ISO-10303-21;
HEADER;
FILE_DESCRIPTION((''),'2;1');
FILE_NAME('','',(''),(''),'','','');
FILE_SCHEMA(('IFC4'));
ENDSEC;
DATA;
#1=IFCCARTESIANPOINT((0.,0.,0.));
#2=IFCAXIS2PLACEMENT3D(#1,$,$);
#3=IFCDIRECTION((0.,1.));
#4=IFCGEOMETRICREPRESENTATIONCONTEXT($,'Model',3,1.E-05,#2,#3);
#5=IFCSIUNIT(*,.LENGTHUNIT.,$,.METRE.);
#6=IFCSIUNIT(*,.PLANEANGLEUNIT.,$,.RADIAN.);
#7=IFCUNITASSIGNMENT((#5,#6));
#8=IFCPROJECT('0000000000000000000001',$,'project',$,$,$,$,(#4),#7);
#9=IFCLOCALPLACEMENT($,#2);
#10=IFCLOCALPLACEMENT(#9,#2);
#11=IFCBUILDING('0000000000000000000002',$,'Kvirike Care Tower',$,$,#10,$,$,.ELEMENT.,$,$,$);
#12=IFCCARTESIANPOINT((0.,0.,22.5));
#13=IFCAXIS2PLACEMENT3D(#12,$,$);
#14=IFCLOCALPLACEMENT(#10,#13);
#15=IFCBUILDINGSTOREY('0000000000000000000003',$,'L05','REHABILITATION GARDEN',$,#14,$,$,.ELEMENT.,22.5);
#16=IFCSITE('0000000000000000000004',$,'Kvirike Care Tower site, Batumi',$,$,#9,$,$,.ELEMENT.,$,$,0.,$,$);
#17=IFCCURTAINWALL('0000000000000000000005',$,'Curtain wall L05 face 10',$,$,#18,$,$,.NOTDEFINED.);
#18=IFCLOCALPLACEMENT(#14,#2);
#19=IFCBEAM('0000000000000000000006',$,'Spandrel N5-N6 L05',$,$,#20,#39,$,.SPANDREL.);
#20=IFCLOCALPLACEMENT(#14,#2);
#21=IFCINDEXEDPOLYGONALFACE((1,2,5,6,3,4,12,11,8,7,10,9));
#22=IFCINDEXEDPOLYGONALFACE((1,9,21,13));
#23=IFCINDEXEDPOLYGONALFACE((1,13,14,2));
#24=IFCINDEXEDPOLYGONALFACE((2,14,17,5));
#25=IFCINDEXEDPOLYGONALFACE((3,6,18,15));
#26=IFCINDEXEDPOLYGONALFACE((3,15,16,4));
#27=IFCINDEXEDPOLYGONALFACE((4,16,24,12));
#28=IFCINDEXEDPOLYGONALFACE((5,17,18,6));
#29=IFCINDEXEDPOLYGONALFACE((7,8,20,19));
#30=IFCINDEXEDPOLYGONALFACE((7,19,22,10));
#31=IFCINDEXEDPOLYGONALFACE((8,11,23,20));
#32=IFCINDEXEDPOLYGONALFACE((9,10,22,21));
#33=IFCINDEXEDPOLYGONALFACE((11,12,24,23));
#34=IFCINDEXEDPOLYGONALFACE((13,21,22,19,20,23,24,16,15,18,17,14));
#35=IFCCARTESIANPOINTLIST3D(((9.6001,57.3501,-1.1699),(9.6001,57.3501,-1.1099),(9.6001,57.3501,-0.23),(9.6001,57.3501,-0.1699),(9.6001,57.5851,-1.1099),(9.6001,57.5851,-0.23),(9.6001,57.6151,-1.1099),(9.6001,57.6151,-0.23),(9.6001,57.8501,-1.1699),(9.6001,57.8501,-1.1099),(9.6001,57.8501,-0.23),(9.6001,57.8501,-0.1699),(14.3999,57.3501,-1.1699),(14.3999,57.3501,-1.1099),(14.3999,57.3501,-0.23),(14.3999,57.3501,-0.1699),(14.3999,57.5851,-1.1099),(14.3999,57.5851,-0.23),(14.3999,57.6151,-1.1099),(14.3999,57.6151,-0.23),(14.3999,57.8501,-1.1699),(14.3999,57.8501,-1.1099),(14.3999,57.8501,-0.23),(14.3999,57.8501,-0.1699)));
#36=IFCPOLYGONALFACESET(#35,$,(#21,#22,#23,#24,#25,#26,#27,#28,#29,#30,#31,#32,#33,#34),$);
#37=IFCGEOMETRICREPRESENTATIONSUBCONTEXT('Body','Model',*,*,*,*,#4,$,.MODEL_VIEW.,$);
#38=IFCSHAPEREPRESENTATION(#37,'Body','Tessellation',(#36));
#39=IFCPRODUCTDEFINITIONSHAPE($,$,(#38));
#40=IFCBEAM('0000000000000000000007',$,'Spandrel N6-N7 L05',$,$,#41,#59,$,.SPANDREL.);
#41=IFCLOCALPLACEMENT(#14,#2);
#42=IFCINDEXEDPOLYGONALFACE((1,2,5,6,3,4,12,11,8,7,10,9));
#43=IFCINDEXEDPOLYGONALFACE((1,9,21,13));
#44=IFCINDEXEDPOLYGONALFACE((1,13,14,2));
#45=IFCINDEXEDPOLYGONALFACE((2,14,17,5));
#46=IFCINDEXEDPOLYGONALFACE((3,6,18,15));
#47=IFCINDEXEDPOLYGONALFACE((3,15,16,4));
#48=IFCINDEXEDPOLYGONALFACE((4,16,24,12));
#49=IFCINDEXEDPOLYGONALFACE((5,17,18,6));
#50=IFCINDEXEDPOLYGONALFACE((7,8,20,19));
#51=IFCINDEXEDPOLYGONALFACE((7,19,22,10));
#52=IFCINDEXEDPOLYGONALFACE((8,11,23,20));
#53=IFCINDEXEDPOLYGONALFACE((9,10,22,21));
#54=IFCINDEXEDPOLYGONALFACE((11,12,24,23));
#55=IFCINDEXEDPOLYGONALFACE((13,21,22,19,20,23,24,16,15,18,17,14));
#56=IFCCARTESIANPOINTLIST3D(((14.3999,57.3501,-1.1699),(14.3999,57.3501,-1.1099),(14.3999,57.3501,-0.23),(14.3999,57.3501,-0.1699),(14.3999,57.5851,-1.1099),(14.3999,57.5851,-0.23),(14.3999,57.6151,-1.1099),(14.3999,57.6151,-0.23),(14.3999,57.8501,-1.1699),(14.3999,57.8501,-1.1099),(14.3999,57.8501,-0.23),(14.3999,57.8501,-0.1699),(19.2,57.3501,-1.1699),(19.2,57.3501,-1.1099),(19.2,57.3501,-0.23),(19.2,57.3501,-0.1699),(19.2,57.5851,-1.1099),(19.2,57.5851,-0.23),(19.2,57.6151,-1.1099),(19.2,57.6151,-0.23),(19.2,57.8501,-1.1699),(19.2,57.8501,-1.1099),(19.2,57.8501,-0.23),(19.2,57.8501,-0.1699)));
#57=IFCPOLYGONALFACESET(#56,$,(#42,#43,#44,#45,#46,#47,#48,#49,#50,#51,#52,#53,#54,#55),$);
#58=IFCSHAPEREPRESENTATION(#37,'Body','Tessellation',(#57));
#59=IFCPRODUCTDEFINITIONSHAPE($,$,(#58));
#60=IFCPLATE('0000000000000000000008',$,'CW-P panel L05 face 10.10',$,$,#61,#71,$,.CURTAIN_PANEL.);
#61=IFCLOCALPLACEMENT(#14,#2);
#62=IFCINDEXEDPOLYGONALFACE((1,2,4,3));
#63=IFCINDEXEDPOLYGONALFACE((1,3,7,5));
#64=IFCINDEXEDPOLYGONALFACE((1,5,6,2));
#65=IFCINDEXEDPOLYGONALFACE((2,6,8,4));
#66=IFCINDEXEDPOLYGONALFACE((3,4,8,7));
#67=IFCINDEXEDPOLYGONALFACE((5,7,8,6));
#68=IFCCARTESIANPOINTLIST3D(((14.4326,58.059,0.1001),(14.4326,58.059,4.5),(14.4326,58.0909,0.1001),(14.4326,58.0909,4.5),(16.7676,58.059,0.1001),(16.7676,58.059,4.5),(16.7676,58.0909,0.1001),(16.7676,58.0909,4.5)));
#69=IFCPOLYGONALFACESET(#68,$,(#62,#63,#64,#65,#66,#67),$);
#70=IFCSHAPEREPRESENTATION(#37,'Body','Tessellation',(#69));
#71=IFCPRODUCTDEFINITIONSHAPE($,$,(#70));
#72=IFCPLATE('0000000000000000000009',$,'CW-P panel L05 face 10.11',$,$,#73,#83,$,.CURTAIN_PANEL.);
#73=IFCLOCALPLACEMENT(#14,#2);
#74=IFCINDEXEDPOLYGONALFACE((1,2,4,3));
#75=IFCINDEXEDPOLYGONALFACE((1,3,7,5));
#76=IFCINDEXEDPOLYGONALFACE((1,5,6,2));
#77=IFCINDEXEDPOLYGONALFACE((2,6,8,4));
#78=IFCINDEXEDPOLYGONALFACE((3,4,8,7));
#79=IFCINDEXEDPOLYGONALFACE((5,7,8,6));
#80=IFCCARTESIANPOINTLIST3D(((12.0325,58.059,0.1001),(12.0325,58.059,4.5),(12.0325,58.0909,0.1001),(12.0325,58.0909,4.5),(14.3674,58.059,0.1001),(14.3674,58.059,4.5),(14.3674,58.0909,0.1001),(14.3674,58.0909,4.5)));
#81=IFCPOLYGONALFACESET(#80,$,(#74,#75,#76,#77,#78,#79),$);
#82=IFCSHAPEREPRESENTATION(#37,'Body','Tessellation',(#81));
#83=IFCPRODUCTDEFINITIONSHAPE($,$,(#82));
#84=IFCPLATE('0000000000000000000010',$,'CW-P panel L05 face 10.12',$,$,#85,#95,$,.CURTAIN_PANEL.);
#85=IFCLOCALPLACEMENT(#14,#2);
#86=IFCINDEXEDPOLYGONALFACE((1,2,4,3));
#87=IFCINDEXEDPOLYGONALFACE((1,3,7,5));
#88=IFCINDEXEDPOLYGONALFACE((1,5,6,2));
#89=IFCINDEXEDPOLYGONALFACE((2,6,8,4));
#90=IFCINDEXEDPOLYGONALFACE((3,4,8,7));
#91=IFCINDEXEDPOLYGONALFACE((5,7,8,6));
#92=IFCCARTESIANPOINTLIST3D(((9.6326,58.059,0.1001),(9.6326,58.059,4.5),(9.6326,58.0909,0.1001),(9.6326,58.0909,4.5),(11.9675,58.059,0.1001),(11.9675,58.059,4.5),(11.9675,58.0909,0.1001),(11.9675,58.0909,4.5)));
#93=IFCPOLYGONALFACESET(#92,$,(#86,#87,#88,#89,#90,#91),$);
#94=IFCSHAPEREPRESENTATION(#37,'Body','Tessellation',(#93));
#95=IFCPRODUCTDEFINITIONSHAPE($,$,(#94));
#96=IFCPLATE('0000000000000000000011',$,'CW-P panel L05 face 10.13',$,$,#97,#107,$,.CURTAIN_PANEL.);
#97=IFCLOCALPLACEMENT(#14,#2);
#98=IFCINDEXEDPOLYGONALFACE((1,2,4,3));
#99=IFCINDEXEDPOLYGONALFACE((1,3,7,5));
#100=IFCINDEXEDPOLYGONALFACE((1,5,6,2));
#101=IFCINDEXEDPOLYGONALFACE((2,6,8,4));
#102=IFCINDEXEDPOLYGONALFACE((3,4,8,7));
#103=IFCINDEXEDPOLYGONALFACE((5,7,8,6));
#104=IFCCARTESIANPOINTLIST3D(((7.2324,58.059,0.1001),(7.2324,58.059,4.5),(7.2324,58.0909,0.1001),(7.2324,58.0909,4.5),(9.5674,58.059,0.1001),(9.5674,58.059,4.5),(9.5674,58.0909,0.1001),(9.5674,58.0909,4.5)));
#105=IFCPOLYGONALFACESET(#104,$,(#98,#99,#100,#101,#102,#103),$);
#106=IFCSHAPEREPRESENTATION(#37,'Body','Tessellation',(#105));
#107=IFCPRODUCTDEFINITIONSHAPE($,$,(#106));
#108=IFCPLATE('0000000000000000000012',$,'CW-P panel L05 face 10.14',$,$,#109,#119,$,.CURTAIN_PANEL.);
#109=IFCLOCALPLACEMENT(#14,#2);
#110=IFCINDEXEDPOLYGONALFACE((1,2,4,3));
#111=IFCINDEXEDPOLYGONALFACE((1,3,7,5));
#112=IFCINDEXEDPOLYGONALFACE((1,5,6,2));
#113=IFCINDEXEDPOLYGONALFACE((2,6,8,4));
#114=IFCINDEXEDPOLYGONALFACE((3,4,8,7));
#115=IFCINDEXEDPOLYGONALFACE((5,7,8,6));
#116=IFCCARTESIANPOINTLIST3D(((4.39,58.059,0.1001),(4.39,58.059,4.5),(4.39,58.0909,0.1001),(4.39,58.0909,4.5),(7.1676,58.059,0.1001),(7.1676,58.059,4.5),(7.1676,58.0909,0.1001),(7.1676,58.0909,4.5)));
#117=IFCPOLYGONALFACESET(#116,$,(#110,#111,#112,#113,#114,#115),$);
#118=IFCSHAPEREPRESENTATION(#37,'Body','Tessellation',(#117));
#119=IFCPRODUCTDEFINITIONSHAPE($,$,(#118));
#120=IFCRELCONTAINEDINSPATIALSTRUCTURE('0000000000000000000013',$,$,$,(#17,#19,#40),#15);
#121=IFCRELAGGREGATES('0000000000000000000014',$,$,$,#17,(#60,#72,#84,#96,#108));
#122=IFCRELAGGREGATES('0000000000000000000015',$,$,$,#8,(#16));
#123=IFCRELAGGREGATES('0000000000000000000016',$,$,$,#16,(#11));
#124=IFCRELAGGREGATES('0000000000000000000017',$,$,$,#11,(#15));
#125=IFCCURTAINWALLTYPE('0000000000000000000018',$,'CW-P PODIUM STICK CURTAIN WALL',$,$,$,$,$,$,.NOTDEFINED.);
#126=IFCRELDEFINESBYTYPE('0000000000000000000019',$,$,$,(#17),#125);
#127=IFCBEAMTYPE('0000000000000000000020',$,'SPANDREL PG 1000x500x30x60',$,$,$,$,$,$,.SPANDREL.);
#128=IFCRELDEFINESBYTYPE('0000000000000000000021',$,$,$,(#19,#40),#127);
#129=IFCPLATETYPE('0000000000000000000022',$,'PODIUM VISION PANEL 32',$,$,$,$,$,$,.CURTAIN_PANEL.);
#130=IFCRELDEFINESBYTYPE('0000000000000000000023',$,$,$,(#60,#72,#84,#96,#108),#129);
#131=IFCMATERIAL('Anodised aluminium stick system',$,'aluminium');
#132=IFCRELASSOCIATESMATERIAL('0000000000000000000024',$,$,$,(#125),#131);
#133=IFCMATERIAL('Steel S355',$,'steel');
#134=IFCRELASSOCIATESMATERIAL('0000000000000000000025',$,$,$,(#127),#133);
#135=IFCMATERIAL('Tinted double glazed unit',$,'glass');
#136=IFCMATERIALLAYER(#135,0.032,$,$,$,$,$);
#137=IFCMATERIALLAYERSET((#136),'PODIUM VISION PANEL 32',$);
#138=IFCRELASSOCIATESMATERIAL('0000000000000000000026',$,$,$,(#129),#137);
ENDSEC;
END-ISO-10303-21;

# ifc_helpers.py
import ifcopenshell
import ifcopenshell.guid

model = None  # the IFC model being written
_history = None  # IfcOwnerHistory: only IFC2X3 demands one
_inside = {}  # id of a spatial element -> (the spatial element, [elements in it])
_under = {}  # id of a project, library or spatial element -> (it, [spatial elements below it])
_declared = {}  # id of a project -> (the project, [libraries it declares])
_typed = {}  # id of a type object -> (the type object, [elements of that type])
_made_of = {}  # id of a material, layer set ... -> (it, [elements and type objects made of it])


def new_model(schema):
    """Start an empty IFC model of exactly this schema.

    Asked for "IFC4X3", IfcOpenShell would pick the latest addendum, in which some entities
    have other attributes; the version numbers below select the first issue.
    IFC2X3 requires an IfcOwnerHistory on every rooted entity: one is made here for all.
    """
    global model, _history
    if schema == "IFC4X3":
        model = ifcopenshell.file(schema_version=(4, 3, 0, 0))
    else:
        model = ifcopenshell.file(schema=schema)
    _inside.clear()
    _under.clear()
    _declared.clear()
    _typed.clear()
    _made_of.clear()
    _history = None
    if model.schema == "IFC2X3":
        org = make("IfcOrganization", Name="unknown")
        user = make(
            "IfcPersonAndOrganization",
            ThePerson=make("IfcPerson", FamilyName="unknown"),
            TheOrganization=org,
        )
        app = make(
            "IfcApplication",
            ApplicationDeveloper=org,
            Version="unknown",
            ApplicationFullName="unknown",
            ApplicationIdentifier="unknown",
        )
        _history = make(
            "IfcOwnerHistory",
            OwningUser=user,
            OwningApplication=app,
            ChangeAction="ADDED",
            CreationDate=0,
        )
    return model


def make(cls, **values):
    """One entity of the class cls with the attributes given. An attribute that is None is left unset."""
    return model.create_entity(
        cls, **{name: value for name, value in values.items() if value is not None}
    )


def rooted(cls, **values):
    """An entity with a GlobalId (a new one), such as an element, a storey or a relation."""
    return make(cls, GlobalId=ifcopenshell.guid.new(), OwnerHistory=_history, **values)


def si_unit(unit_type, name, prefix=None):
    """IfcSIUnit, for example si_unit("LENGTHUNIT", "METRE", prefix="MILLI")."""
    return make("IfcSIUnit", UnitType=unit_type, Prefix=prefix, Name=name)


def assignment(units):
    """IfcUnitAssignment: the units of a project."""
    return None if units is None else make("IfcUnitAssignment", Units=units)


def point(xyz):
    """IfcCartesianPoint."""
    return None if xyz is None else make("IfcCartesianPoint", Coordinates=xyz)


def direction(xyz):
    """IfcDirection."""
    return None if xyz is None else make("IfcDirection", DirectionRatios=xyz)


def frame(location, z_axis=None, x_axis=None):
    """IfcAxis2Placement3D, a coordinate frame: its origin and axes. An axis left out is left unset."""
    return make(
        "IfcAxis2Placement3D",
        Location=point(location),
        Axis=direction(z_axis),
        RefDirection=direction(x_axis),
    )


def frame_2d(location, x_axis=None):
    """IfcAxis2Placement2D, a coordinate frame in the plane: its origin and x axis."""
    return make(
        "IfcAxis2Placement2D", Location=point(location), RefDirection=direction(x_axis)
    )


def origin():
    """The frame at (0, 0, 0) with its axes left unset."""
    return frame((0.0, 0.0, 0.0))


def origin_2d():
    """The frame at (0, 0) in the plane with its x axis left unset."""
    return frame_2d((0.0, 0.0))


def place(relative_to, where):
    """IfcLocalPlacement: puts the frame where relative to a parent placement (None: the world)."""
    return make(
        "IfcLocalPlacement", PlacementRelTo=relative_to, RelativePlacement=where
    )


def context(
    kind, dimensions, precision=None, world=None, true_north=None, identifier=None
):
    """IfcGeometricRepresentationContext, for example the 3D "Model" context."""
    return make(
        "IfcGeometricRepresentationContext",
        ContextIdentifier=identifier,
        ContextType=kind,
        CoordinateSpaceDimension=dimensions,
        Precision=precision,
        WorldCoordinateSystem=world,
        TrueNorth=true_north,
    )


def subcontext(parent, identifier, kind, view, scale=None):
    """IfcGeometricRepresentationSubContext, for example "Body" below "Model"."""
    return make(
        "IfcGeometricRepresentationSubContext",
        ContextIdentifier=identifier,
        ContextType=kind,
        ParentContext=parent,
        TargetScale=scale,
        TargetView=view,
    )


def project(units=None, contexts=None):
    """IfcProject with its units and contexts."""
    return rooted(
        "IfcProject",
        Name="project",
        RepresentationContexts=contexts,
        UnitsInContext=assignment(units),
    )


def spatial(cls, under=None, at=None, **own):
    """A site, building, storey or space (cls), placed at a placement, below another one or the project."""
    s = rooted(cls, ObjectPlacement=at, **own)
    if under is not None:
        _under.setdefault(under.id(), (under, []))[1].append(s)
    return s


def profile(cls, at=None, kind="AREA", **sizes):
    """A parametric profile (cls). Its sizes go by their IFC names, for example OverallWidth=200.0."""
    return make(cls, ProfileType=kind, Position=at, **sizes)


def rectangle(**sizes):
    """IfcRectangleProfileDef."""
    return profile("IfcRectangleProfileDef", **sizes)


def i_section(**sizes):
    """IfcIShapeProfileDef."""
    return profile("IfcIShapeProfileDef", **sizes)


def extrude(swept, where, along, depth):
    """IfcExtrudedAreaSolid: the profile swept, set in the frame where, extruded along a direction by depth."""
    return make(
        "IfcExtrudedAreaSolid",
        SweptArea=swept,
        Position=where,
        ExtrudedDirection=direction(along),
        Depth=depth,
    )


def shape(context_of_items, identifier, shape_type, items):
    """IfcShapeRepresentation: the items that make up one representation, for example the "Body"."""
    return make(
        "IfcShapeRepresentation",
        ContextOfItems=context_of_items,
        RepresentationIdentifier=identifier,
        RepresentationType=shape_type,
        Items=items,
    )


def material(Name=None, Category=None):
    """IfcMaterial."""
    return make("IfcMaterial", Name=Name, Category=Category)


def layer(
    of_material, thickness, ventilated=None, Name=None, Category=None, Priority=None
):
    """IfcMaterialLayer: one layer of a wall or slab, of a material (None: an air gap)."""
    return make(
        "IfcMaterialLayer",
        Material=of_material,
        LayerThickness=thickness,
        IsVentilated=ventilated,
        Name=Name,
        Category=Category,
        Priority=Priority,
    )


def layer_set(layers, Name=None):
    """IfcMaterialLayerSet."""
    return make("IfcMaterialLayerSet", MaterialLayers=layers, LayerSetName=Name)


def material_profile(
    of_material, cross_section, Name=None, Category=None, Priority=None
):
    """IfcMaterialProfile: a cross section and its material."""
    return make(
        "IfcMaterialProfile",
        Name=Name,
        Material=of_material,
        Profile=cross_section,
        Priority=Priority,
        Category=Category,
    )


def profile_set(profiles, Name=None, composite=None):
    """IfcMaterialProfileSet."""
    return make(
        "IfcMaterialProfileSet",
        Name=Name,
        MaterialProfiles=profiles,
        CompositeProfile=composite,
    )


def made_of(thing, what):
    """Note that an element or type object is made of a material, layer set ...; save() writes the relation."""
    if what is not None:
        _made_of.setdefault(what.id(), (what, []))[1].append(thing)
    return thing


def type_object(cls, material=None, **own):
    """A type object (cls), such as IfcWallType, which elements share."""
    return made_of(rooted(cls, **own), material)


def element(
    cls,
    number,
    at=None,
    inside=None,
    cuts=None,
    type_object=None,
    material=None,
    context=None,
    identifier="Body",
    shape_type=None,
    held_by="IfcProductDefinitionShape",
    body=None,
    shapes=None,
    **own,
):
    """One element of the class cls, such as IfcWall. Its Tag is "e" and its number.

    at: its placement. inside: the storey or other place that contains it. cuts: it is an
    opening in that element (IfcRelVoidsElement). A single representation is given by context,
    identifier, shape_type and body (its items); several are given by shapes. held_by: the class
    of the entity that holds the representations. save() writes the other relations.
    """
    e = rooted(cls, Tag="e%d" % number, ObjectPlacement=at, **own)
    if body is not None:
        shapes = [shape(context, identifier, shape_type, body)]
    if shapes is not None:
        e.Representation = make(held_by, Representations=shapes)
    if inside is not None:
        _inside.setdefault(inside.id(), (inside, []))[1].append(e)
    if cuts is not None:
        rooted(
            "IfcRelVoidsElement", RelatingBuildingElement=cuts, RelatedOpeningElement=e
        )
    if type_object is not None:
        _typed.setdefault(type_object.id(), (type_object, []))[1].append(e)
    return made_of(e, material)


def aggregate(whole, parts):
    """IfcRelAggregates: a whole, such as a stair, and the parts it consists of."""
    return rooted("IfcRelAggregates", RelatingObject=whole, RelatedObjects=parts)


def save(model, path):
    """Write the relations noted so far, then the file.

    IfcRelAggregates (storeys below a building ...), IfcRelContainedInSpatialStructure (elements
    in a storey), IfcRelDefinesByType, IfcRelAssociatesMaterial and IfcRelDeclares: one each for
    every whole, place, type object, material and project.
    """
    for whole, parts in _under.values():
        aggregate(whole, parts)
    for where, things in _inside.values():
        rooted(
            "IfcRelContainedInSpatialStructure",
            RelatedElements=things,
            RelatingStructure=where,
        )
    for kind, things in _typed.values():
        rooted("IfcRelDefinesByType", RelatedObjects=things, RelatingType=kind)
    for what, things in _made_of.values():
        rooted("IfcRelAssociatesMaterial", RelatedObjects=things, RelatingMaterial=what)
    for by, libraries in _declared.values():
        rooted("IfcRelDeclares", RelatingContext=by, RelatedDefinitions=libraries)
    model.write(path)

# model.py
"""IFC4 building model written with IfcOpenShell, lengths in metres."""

from ifc_helpers import new_model, si_unit, direction, frame, origin, origin_2d, place, context, subcontext, project, spatial, rectangle, i_section, extrude, material, layer, layer_set, material_profile, profile_set, type_object, element, aggregate, save


model = new_model("IFC4")

# Units and contexts
model_context = context("Model", 3, precision=1e-05, world=origin(), true_north=direction((0.0, 1.0)))
body_context = subcontext(model_context, "Body", "Model", "MODEL_VIEW")
ifc_project = project(units=[si_unit("LENGTHUNIT", "METRE"), si_unit("PLANEANGLEUNIT", "RADIAN")], contexts=[model_context])

# Site, building, storey
site_placement = place(None, origin())
site = spatial("IfcSite", under=ifc_project, at=site_placement, Name="Kvirike Care Tower site, Batumi", CompositionType="ELEMENT", RefElevation=0.0)
building_placement = place(site_placement, origin())
building = spatial("IfcBuilding", under=site, at=building_placement, Name="Kvirike Care Tower", CompositionType="ELEMENT")
storey_placement = place(building_placement, frame((0.0, 0.0, 22.5)))
storey = spatial("IfcBuildingStorey", under=building, at=storey_placement, Name="L05", Description="REHABILITATION GARDEN", CompositionType="ELEMENT", Elevation=22.5)

# Curtain wall
ifc_material_1 = material(Name="Anodised aluminium stick system", Category="aluminium")
curtain_wall_type = type_object("IfcCurtainWallType", Name="CW-P PODIUM STICK CURTAIN WALL", PredefinedType="NOTDEFINED", material=ifc_material_1)
curtain_wall_placement = place(storey_placement, origin())
curtain_wall = element("IfcCurtainWall", 1, at=curtain_wall_placement, inside=storey, type_object=curtain_wall_type, Name="Curtain wall L05 face 10", PredefinedType="NOTDEFINED")

# Beams
ifc_material_2 = material(Name="Steel S355", Category="steel")
ifc_material_profile_1 = material_profile(ifc_material_2, i_section(OverallWidth=0.5, OverallDepth=1.0, WebThickness=0.03, FlangeThickness=0.0601, at=origin_2d()), Name="PG 1000x500x30x60")
ifc_profile_set_1 = profile_set([ifc_material_profile_1], Name="Steel S355")
beam_type = type_object("IfcBeamType", Name="SPANDREL PG 1000x500x30x60", PredefinedType="SPANDREL", material=ifc_profile_set_1)
beam_1_placement = place(storey_placement, frame((9.6001, 57.6001, -0.6699), z_axis=(1.0, 0.0, 0.0), x_axis=(0.0, 1.0, 0.0)))
element("IfcBeam", 2, at=beam_1_placement, inside=storey, type_object=beam_type, Name="Spandrel N5-N6 L05", PredefinedType="SPANDREL", context=body_context, shape_type="SweptSolid", body=[
    extrude(i_section(OverallWidth=0.5, OverallDepth=1.0, WebThickness=0.03, FlangeThickness=0.0601, at=origin_2d()), origin(), (0.0, 0.0, 1.0), 4.7998),
])
beam_2_placement = place(storey_placement, frame((14.3999, 57.6001, -0.6699), z_axis=(1.0, 0.0, 0.0), x_axis=(0.0, 1.0, 0.0)))
element("IfcBeam", 3, at=beam_2_placement, inside=storey, type_object=beam_type, Name="Spandrel N6-N7 L05", PredefinedType="SPANDREL", context=body_context, shape_type="SweptSolid", body=[
    extrude(i_section(OverallWidth=0.5, OverallDepth=1.0, WebThickness=0.03, FlangeThickness=0.0601, at=origin_2d()), origin(), (0.0, 0.0, 1.0), 4.8),
])

# Plates
ifc_material_3 = material(Name="Tinted double glazed unit", Category="glass")
ifc_layer = layer(ifc_material_3, 0.032)
ifc_layer_set = layer_set([ifc_layer], Name="PODIUM VISION PANEL 32")
plate_type = type_object("IfcPlateType", Name="PODIUM VISION PANEL 32", PredefinedType="CURTAIN_PANEL", material=ifc_layer_set)
plate_1_placement = place(storey_placement, frame((15.6001, 58.075, 0.1001), z_axis=(0.0, 0.0, 1.0), x_axis=(-1.0, 0.0, 0.0)))
plate_1 = element("IfcPlate", 4, at=plate_1_placement, type_object=plate_type, Name="CW-P panel L05 face 10.10", PredefinedType="CURTAIN_PANEL", context=body_context, shape_type="SweptSolid", body=[
    extrude(rectangle(XDim=2.335, YDim=0.032, at=origin_2d()), origin(), (0.0, 0.0, 1.0), 4.3999),
])
plate_2_placement = place(storey_placement, frame((13.2, 58.075, 0.1001), z_axis=(0.0, 0.0, 1.0), x_axis=(-1.0, 0.0, 0.0)))
plate_2 = element("IfcPlate", 5, at=plate_2_placement, type_object=plate_type, Name="CW-P panel L05 face 10.11", PredefinedType="CURTAIN_PANEL", context=body_context, shape_type="SweptSolid", body=[
    extrude(rectangle(XDim=2.335, YDim=0.032, at=origin_2d()), origin(), (0.0, 0.0, 1.0), 4.3999),
])
plate_3_placement = place(storey_placement, frame((10.8, 58.075, 0.1001), z_axis=(0.0, 0.0, 1.0), x_axis=(-1.0, 0.0, 0.0)))
plate_3 = element("IfcPlate", 6, at=plate_3_placement, type_object=plate_type, Name="CW-P panel L05 face 10.12", PredefinedType="CURTAIN_PANEL", context=body_context, shape_type="SweptSolid", body=[
    extrude(rectangle(XDim=2.335, YDim=0.032, at=origin_2d()), origin(), (0.0, 0.0, 1.0), 4.3999),
])
plate_4_placement = place(storey_placement, frame((8.3999, 58.075, 0.1001), z_axis=(0.0, 0.0, 1.0), x_axis=(-1.0, 0.0, 0.0)))
plate_4 = element("IfcPlate", 7, at=plate_4_placement, type_object=plate_type, Name="CW-P panel L05 face 10.13", PredefinedType="CURTAIN_PANEL", context=body_context, shape_type="SweptSolid", body=[
    extrude(rectangle(XDim=2.335, YDim=0.032, at=origin_2d()), origin(), (0.0, 0.0, 1.0), 4.3999),
])
plate_5_placement = place(storey_placement, frame((5.7788, 58.075, 0.1001), z_axis=(0.0, 0.0, 1.0), x_axis=(-1.0, 0.0, 0.0)))
plate_5 = element("IfcPlate", 8, at=plate_5_placement, type_object=plate_type, Name="CW-P panel L05 face 10.14", PredefinedType="CURTAIN_PANEL", context=body_context, shape_type="SweptSolid", body=[
    extrude(rectangle(XDim=2.7776, YDim=0.032, at=origin_2d()), origin(), (0.0, 0.0, 1.0), 4.3999),
])
aggregate(curtain_wall, [plate_1, plate_2, plate_3, plate_4, plate_5])

save(model, "model.ifc")
